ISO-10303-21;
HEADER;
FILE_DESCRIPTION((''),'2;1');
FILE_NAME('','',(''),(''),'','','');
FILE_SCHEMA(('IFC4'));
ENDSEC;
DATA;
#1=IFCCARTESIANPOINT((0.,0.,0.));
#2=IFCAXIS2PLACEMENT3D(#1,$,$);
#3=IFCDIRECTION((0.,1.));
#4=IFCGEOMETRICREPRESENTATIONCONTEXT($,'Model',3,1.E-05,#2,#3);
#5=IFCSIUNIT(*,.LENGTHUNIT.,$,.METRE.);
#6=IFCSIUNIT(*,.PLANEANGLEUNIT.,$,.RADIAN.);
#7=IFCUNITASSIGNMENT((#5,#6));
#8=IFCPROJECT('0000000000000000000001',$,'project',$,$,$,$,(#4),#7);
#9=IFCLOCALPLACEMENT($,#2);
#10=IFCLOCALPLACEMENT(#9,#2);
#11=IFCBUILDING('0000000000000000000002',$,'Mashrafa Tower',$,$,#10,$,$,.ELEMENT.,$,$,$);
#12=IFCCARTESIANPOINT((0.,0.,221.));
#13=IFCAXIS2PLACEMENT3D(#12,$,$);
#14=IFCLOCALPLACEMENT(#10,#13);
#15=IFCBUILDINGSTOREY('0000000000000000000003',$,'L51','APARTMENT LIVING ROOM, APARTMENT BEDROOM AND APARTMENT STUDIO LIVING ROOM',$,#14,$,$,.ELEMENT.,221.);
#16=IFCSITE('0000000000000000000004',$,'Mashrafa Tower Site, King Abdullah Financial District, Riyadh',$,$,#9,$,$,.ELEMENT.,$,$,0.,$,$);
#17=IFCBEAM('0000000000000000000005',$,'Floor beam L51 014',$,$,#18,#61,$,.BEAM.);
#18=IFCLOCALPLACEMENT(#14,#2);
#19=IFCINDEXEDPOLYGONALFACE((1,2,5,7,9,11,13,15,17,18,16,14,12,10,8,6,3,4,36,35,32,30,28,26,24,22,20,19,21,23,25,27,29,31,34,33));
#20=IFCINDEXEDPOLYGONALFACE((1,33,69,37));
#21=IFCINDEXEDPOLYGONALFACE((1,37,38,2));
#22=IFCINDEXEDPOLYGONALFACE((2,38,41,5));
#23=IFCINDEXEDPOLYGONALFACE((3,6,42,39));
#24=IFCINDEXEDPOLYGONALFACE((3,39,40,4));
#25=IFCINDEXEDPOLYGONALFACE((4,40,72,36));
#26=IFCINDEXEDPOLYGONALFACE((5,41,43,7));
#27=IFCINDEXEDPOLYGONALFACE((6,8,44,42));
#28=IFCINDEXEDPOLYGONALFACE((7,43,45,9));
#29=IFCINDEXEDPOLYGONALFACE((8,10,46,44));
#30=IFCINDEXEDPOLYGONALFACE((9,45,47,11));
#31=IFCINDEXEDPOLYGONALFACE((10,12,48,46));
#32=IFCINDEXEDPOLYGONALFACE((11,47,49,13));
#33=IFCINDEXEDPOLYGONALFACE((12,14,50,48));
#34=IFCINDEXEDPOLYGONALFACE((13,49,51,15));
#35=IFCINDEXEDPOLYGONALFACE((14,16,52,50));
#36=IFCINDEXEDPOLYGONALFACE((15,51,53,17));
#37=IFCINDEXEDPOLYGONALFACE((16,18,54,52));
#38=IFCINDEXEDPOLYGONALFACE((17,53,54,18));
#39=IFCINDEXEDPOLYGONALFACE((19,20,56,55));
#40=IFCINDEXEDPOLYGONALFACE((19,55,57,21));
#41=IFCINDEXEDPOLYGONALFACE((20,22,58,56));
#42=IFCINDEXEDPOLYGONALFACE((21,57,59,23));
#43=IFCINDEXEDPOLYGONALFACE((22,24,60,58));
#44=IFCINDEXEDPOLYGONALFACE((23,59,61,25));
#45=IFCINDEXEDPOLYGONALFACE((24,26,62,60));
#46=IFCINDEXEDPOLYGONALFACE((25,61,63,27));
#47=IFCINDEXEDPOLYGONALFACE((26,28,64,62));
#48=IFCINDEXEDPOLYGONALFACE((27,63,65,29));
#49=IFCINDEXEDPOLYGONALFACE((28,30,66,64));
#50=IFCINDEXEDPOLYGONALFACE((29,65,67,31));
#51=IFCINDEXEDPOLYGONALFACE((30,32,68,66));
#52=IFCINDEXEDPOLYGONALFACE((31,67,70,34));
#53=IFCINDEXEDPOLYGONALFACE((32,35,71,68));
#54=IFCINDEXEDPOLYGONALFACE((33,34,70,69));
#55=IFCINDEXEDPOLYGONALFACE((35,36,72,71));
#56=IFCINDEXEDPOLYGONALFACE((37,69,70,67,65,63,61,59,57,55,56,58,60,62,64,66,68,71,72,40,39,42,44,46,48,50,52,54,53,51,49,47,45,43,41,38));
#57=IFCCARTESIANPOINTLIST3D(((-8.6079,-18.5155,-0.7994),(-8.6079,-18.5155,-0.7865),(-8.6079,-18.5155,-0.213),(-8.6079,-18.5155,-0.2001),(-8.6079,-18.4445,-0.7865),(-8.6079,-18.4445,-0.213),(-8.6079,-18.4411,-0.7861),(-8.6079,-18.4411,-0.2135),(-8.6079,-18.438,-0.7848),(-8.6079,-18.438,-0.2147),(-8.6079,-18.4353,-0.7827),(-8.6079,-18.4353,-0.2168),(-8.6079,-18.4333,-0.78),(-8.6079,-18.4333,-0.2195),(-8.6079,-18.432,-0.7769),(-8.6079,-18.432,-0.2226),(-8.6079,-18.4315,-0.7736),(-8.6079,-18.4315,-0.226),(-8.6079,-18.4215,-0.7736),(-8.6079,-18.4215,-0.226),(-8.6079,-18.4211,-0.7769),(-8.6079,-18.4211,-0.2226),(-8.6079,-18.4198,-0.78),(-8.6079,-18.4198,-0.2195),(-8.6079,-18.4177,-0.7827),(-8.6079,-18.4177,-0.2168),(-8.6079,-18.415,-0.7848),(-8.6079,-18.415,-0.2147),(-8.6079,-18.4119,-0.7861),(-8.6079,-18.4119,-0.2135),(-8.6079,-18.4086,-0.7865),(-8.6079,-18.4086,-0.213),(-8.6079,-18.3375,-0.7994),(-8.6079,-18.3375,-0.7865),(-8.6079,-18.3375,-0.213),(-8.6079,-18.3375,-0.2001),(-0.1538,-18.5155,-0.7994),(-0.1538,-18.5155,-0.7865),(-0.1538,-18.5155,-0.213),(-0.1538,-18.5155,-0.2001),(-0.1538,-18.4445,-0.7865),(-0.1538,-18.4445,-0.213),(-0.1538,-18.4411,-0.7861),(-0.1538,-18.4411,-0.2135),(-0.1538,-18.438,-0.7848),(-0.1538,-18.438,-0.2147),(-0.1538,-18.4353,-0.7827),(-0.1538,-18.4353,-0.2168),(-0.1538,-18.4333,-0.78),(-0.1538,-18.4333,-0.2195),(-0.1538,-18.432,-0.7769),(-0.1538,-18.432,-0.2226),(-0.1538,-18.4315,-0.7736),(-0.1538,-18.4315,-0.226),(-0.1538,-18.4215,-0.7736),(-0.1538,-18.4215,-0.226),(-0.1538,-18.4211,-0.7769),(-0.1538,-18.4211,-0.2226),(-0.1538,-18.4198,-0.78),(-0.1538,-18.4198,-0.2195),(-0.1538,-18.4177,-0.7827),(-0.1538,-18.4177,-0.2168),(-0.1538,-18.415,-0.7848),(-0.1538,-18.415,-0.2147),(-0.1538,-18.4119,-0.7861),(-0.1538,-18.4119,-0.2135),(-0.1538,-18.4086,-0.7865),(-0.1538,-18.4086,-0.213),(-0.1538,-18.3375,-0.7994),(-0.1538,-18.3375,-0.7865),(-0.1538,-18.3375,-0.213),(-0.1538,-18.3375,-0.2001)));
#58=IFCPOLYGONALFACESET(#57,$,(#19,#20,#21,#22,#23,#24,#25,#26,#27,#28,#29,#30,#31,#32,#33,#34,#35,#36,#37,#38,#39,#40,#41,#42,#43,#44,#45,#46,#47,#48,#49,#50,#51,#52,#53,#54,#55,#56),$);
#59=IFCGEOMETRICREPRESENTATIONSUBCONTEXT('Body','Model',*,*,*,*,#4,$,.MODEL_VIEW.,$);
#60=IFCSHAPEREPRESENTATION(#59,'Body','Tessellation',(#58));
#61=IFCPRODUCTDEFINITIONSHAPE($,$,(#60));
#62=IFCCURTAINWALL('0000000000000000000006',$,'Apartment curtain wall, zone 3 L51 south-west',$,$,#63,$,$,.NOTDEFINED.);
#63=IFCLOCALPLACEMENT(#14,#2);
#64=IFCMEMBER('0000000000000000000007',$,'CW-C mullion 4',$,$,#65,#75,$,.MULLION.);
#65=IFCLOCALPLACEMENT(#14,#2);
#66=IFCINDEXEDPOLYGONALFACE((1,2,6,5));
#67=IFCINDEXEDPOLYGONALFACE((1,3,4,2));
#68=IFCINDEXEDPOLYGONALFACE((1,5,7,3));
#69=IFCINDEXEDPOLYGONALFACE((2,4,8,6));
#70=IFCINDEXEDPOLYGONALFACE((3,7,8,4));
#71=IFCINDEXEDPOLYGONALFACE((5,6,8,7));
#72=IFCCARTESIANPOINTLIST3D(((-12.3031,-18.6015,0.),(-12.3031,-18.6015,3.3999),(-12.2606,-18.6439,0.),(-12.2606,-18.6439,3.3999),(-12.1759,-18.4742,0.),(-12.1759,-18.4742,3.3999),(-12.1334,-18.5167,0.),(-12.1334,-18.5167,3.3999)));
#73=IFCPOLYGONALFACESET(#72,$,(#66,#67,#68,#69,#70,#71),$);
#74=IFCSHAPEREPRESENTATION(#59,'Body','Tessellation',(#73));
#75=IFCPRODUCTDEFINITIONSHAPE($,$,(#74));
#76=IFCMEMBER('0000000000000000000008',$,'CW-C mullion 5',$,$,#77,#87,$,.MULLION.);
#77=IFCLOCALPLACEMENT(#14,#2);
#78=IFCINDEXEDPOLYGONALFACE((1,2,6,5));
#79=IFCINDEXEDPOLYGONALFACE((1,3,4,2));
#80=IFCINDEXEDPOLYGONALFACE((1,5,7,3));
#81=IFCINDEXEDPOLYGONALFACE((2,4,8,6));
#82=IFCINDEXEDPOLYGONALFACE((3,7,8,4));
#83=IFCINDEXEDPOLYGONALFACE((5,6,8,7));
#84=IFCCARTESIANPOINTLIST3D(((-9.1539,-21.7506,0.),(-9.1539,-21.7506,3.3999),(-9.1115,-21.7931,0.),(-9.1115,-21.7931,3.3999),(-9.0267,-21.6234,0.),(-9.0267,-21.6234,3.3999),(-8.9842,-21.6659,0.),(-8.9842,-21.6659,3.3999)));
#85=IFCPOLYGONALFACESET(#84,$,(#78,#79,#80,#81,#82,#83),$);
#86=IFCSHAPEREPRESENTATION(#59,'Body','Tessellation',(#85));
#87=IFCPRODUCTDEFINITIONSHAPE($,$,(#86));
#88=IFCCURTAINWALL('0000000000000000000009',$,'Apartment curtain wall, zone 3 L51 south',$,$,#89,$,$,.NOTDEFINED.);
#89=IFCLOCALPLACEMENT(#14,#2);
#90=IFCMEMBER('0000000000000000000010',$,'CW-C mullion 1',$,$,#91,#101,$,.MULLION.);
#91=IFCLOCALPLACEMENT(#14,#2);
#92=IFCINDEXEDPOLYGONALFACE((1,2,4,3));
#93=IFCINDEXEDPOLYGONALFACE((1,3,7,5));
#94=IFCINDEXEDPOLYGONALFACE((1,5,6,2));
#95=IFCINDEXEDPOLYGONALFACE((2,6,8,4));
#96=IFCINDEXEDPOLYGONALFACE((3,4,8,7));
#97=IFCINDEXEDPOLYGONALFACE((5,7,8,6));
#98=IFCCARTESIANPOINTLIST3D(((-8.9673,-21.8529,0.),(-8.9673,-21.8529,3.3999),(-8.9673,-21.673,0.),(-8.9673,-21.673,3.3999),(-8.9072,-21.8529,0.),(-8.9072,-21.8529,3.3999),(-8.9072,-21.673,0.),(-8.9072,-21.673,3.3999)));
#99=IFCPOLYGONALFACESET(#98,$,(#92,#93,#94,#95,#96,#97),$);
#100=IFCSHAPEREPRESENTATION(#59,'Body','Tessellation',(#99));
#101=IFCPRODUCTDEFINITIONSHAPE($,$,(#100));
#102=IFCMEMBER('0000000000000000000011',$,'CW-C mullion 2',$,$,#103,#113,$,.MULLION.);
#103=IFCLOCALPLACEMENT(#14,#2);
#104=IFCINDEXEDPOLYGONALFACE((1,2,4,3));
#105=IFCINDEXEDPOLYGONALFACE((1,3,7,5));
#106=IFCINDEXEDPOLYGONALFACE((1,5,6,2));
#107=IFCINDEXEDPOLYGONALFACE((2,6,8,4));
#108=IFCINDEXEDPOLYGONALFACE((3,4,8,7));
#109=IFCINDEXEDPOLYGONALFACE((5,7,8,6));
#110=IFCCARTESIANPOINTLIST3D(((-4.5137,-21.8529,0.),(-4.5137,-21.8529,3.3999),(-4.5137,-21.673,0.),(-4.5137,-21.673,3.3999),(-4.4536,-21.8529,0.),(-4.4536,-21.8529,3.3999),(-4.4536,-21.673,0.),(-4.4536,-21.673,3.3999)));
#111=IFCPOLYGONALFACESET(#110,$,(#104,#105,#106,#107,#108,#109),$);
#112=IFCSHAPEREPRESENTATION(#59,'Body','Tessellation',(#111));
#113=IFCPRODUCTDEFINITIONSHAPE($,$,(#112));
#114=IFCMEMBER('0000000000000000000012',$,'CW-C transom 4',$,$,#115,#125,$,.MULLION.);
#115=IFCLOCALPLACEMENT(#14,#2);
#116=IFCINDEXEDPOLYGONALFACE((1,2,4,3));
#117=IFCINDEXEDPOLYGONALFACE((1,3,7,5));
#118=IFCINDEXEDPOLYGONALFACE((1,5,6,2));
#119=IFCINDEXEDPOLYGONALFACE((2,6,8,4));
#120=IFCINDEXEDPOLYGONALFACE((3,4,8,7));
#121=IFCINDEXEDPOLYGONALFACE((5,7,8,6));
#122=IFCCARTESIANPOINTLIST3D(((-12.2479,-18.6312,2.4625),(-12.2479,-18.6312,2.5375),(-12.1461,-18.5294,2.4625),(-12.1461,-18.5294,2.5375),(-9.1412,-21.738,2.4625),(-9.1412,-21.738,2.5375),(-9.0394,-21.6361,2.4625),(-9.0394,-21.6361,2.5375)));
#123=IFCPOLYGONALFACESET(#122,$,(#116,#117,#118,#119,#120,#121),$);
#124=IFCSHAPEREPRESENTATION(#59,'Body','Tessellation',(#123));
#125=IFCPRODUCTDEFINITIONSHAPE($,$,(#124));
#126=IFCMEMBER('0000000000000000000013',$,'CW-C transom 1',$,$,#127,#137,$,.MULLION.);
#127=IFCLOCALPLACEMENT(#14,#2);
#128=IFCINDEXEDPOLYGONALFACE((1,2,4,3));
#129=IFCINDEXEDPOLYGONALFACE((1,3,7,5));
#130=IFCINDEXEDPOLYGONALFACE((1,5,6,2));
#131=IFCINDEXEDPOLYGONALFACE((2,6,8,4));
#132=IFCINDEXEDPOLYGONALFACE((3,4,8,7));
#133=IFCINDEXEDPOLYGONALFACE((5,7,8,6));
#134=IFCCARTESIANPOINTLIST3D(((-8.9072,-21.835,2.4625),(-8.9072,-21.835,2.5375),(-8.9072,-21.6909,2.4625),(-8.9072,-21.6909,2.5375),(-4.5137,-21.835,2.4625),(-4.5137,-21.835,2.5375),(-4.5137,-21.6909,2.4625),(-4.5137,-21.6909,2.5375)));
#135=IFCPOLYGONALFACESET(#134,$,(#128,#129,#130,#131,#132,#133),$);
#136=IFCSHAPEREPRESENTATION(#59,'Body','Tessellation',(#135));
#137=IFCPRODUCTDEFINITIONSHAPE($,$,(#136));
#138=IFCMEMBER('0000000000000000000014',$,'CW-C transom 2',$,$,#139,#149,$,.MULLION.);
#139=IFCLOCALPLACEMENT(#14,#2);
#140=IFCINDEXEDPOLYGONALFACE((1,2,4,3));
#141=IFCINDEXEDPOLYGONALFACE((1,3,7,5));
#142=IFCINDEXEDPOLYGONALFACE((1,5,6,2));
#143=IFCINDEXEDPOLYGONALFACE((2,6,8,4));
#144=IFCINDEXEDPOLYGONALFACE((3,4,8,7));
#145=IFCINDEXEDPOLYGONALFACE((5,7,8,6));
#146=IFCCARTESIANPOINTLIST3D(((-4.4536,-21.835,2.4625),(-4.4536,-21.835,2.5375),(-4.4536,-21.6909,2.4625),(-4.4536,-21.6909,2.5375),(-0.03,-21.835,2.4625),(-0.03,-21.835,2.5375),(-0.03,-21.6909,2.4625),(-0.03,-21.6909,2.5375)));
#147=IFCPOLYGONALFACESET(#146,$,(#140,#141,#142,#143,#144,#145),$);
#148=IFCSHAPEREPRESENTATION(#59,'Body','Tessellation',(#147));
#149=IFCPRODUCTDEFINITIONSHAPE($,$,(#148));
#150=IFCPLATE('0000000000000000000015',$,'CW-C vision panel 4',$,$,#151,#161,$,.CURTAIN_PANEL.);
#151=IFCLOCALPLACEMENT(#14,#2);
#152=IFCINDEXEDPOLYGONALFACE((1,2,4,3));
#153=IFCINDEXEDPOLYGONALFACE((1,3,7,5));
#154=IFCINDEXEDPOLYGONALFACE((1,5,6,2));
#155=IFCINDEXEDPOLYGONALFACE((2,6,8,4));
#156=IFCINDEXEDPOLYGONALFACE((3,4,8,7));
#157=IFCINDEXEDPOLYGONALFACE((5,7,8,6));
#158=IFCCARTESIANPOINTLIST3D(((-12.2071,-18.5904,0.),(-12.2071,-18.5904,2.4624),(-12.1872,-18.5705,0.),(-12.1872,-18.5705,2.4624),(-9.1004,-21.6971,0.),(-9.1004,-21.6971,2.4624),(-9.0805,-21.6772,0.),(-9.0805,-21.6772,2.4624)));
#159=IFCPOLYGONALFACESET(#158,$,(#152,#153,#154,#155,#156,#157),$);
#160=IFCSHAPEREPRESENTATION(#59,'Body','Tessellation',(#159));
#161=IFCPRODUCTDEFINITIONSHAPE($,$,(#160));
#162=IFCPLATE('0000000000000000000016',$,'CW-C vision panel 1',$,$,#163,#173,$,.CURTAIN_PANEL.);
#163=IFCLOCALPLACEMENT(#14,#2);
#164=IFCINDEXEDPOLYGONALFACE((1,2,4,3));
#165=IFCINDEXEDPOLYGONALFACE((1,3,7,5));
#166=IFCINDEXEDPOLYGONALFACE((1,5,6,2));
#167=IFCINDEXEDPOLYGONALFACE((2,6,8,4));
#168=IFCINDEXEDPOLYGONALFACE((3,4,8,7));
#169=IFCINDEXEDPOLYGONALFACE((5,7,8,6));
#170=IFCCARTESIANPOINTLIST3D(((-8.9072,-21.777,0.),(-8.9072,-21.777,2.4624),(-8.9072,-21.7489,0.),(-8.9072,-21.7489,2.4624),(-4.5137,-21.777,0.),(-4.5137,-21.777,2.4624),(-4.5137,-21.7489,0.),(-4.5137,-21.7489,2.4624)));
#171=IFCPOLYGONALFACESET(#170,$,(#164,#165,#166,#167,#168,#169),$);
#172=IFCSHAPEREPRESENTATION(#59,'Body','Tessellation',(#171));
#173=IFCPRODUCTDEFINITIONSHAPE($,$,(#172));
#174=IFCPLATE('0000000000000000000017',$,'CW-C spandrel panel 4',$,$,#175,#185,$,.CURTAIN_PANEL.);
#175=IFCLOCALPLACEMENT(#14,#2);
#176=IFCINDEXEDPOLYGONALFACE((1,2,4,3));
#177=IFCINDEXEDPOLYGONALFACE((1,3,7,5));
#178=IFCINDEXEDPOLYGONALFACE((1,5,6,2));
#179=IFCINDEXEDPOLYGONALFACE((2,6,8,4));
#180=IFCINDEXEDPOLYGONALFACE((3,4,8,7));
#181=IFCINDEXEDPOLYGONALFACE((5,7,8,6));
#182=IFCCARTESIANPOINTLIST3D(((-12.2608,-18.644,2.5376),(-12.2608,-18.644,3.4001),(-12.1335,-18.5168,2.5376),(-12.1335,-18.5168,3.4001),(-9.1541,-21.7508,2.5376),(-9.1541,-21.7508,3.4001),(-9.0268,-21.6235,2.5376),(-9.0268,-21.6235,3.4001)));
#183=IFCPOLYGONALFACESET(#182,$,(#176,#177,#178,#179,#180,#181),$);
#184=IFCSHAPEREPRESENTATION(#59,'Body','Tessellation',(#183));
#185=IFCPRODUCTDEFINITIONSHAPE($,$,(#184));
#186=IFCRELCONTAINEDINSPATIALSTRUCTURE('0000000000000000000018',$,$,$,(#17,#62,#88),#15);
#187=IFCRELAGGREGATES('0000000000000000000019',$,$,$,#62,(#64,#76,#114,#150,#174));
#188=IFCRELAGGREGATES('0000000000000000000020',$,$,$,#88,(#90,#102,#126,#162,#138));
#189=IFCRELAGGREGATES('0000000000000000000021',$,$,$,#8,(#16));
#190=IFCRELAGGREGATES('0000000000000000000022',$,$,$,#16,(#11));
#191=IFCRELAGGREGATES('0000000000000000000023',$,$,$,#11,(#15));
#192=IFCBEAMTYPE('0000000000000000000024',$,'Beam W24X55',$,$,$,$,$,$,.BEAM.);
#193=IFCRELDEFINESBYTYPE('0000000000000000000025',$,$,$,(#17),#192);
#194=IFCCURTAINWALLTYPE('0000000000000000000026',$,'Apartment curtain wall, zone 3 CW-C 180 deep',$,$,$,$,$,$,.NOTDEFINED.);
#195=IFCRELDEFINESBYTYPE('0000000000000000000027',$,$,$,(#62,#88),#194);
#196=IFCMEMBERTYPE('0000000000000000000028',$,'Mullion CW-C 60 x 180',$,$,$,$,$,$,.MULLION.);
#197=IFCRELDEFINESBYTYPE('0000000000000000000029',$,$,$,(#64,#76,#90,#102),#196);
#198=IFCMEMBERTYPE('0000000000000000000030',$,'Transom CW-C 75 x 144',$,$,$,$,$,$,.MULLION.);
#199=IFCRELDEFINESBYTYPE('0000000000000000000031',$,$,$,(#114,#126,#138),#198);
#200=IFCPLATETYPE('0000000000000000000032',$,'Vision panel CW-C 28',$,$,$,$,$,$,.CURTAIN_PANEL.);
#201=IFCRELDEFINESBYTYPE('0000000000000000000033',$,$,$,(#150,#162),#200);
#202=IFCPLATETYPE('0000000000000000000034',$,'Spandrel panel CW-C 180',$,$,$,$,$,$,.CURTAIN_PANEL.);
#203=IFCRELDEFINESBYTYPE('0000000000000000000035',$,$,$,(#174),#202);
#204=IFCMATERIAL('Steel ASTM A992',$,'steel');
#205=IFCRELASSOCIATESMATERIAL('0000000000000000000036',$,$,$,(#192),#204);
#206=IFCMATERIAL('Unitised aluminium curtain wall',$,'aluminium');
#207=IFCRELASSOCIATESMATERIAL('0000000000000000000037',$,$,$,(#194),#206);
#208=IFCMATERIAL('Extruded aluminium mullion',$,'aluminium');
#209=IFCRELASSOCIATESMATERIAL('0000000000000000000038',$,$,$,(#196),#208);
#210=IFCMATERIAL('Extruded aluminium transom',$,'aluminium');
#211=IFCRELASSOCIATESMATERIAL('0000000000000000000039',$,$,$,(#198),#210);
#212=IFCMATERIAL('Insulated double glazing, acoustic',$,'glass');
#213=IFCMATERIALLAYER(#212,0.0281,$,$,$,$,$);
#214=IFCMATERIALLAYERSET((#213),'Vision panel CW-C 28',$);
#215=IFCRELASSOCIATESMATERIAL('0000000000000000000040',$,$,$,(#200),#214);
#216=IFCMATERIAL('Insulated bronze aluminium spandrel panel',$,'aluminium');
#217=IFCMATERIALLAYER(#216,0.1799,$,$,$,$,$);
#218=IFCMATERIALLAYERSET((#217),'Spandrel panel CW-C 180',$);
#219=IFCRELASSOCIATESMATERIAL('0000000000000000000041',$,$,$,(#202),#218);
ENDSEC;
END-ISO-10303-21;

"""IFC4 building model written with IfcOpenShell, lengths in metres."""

from ifc_helpers import new_model, si_unit, direction, frame, origin, origin_2d, place, context, subcontext, project, spatial, rectangle, i_section, extrude, source, transform, mapped, material, layer, layer_set, material_profile, profile_set, type_object, type_shapes, element, aggregate, save


model = new_model("IFC4")

# Units and contexts
model_context = context("Model", 3, precision=1e-05, world=origin(), true_north=direction((0.0, 1.0)))
body_context = subcontext(model_context, "Body", "Model", "MODEL_VIEW")
ifc_project = project(units=[si_unit("LENGTHUNIT", "METRE"), si_unit("PLANEANGLEUNIT", "RADIAN")], contexts=[model_context])

# Site, building, storey
site_placement = place(None, origin())
site = spatial("IfcSite", under=ifc_project, at=site_placement, Name="Mashrafa Tower Site, King Abdullah Financial District, Riyadh", CompositionType="ELEMENT", RefElevation=0.0)
building_placement = place(site_placement, origin())
building = spatial("IfcBuilding", under=site, at=building_placement, Name="Mashrafa Tower", CompositionType="ELEMENT")
storey_placement = place(building_placement, frame((0.0, 0.0, 221.0)))
storey = spatial("IfcBuildingStorey", under=building, at=storey_placement, Name="L51", Description="APARTMENT LIVING ROOM, APARTMENT BEDROOM AND APARTMENT STUDIO LIVING ROOM", CompositionType="ELEMENT", Elevation=221.0)

# Beam
ifc_material_1 = material(Name="Steel ASTM A992", Category="steel")
ifc_material_profile_1 = material_profile(ifc_material_1, i_section(OverallWidth=0.178, OverallDepth=0.5994, WebThickness=0.01, FlangeThickness=0.0129, FilletRadius=0.0129, at=origin_2d()), Name="W24X55")
ifc_profile_set_1 = profile_set([ifc_material_profile_1], Name="Steel ASTM A992")
beam_type_1 = type_object("IfcBeamType", Name="Beam W24X55", PredefinedType="BEAM", material=ifc_profile_set_1)
beam_1_placement = place(storey_placement, frame((-0.1538, -18.4265, -0.4998), z_axis=(-1.0, 0.0, 0.0), x_axis=(0.0, -1.0, 0.0)))
element("IfcBeam", 1, at=beam_1_placement, inside=storey, type_object=beam_type_1, Name="Floor beam L51 014", PredefinedType="BEAM", context=body_context, shape_type="SweptSolid", body=[
    extrude(i_section(OverallWidth=0.178, OverallDepth=0.5994, WebThickness=0.01, FlangeThickness=0.0129, FilletRadius=0.0129, at=origin_2d()), origin(), (0.0, 0.0, 1.0), 8.4541),
])

# Curtain walls, members
ifc_material_2 = material(Name="Unitised aluminium curtain wall", Category="aluminium")
curtain_wall_type = type_object("IfcCurtainWallType", Name="Apartment curtain wall, zone 3 CW-C 180 deep", PredefinedType="NOTDEFINED", material=ifc_material_2)
curtain_wall_1_placement = place(storey_placement, origin())
curtain_wall_1 = element("IfcCurtainWall", 2, at=curtain_wall_1_placement, inside=storey, type_object=curtain_wall_type, Name="Apartment curtain wall, zone 3 L51 south-west", PredefinedType="NOTDEFINED")
ifc_material_3 = material(Name="Extruded aluminium mullion", Category="aluminium")
ifc_material_profile_2 = material_profile(ifc_material_3, rectangle(XDim=0.1799, YDim=0.0601, at=origin_2d()), Name="Mullion 60x180")
ifc_profile_set_2 = profile_set([ifc_material_profile_2], Name="Extruded aluminium mullion")
member_type_1 = type_object("IfcMemberType", Name="Mullion CW-C 60 x 180", PredefinedType="MULLION", material=ifc_profile_set_2)
shared_shape_1 = source(origin(), body_context, "Body", "SweptSolid", [
    extrude(rectangle(XDim=0.1799, YDim=0.0601, at=origin_2d()), origin(), (0.0, 0.0, 1.0), 3.3999),
])
type_shapes(member_type_1, [shared_shape_1])
member_1_placement = place(storey_placement, frame((-12.2183, -18.5591, 0.0), z_axis=(0.0, 0.0, 1.0), x_axis=(0.707107, 0.707107, 0.0)))
member_1 = element("IfcMember", 3, at=member_1_placement, type_object=member_type_1, Name="CW-C mullion 4", PredefinedType="MULLION", context=body_context, shape_type="MappedRepresentation", body=[
    mapped(shared_shape_1, transform((0.0, 0.0, 0.0))),
])
member_2_placement = place(storey_placement, frame((-9.0691, -21.7083, 0.0), z_axis=(0.0, 0.0, 1.0), x_axis=(0.707107, 0.707107, 0.0)))
member_2 = element("IfcMember", 4, at=member_2_placement, type_object=member_type_1, Name="CW-C mullion 5", PredefinedType="MULLION", context=body_context, shape_type="MappedRepresentation", body=[
    mapped(shared_shape_1, transform((0.0, 0.0, 0.0))),
])
curtain_wall_2_placement = place(storey_placement, origin())
curtain_wall_2 = element("IfcCurtainWall", 5, at=curtain_wall_2_placement, inside=storey, type_object=curtain_wall_type, Name="Apartment curtain wall, zone 3 L51 south", PredefinedType="NOTDEFINED")
member_3_placement = place(storey_placement, frame((-8.9373, -21.7629, 0.0), z_axis=(0.0, 0.0, 1.0), x_axis=(0.0, 1.0, 0.0)))
member_3 = element("IfcMember", 6, at=member_3_placement, type_object=member_type_1, Name="CW-C mullion 1", PredefinedType="MULLION", context=body_context, shape_type="MappedRepresentation", body=[
    mapped(shared_shape_1, transform((0.0, 0.0, 0.0))),
])
member_4_placement = place(storey_placement, frame((-4.4836, -21.7629, 0.0), z_axis=(0.0, 0.0, 1.0), x_axis=(0.0, 1.0, 0.0)))
member_4 = element("IfcMember", 7, at=member_4_placement, type_object=member_type_1, Name="CW-C mullion 2", PredefinedType="MULLION", context=body_context, shape_type="MappedRepresentation", body=[
    mapped(shared_shape_1, transform((0.0, 0.0, 0.0))),
])

# Members
ifc_material_4 = material(Name="Extruded aluminium transom", Category="aluminium")
ifc_material_profile_3 = material_profile(ifc_material_4, rectangle(XDim=0.144, YDim=0.075, at=origin_2d()), Name="Transom 75x144")
ifc_profile_set_3 = profile_set([ifc_material_profile_3], Name="Extruded aluminium transom")
member_type_2 = type_object("IfcMemberType", Name="Transom CW-C 75 x 144", PredefinedType="MULLION", material=ifc_profile_set_3)
shared_shape_2 = source(origin(), body_context, "Body", "SweptSolid", [
    extrude(rectangle(XDim=0.144, YDim=0.075, at=origin_2d()), origin(), (0.0, 0.0, 1.0), 4.3936),
])
member_5_placement = place(storey_placement, frame((-12.197, -18.5803, 2.5), z_axis=(0.707107, -0.707107, 0.0), x_axis=(0.707107, 0.707107, 0.0)))
member_5 = element("IfcMember", 8, at=member_5_placement, type_object=member_type_2, Name="CW-C transom 4", PredefinedType="MULLION", context=body_context, shape_type="MappedRepresentation", body=[
    mapped(shared_shape_2, transform((0.0, 0.0, 0.0))),
])
member_6_placement = place(storey_placement, frame((-8.9072, -21.7629, 2.5), z_axis=(1.0, 0.0, 0.0), x_axis=(0.0, 1.0, 0.0)))
member_6 = element("IfcMember", 9, at=member_6_placement, type_object=member_type_2, Name="CW-C transom 1", PredefinedType="MULLION", context=body_context, shape_type="MappedRepresentation", body=[
    mapped(shared_shape_2, transform((0.0, 0.0, 0.0))),
])
shared_shape_3 = source(origin(), body_context, "Body", "SweptSolid", [
    extrude(rectangle(XDim=0.144, YDim=0.075, at=origin_2d()), origin(), (0.0, 0.0, 1.0), 4.4236),
])
type_shapes(member_type_2, [shared_shape_2, shared_shape_3])
member_7_placement = place(storey_placement, frame((-4.4536, -21.7629, 2.5), z_axis=(1.0, 0.0, 0.0), x_axis=(0.0, 1.0, 0.0)))
member_7 = element("IfcMember", 10, at=member_7_placement, type_object=member_type_2, Name="CW-C transom 2", PredefinedType="MULLION", context=body_context, shape_type="MappedRepresentation", body=[
    mapped(shared_shape_3, transform((0.0, 0.0, 0.0))),
])

# Plates
ifc_material_5 = material(Name="Insulated double glazing, acoustic", Category="glass")
ifc_layer_1 = layer(ifc_material_5, 0.0281)
ifc_layer_set_1 = layer_set([ifc_layer_1], Name="Vision panel CW-C 28")
plate_type_1 = type_object("IfcPlateType", Name="Vision panel CW-C 28", PredefinedType="CURTAIN_PANEL", material=ifc_layer_set_1)
shared_shape_4 = source(origin(), body_context, "Body", "SweptSolid", [
    extrude(rectangle(XDim=4.3936, YDim=0.0281, at=origin_2d()), origin(), (0.0, 0.0, 1.0), 2.4624),
])
plate_1_placement = place(storey_placement, frame((-10.6438, -20.1338, 0.0), z_axis=(0.0, 0.0, 1.0), x_axis=(0.707107, -0.707107, 0.0)))
plate_1 = element("IfcPlate", 11, at=plate_1_placement, type_object=plate_type_1, Name="CW-C vision panel 4", PredefinedType="CURTAIN_PANEL", context=body_context, shape_type="MappedRepresentation", body=[
    mapped(shared_shape_4, transform((0.0, 0.0, 0.0))),
])
plate_2_placement = place(storey_placement, frame((-6.7104, -21.7629, 0.0), z_axis=(0.0, 0.0, 1.0), x_axis=(1.0, 0.0, 0.0)))
plate_2 = element("IfcPlate", 12, at=plate_2_placement, type_object=plate_type_1, Name="CW-C vision panel 1", PredefinedType="CURTAIN_PANEL", context=body_context, shape_type="MappedRepresentation", body=[
    mapped(shared_shape_4, transform((0.0, 0.0, 0.0))),
])
ifc_material_6 = material(Name="Insulated bronze aluminium spandrel panel", Category="aluminium")
ifc_layer_2 = layer(ifc_material_6, 0.1799)
ifc_layer_set_2 = layer_set([ifc_layer_2], Name="Spandrel panel CW-C 180")
plate_type_2 = type_object("IfcPlateType", Name="Spandrel panel CW-C 180", PredefinedType="CURTAIN_PANEL", material=ifc_layer_set_2)
shared_shape_5 = source(origin(), body_context, "Body", "SweptSolid", [
    extrude(rectangle(XDim=4.3936, YDim=0.1799, at=origin_2d()), origin(), (0.0, 0.0, 1.0), 0.8625),
])
plate_3_placement = place(storey_placement, frame((-10.6438, -20.1338, 2.5376), z_axis=(0.0, 0.0, 1.0), x_axis=(0.707107, -0.707107, 0.0)))
plate_3 = element("IfcPlate", 13, at=plate_3_placement, type_object=plate_type_2, Name="CW-C spandrel panel 4", PredefinedType="CURTAIN_PANEL", context=body_context, shape_type="MappedRepresentation", body=[
    mapped(shared_shape_5, transform((0.0, 0.0, 0.0))),
])
aggregate(curtain_wall_1, [member_1, member_2, member_5, plate_1, plate_3])
aggregate(curtain_wall_2, [member_3, member_4, member_6, plate_2, member_7])

save(model, "model.ifc")
